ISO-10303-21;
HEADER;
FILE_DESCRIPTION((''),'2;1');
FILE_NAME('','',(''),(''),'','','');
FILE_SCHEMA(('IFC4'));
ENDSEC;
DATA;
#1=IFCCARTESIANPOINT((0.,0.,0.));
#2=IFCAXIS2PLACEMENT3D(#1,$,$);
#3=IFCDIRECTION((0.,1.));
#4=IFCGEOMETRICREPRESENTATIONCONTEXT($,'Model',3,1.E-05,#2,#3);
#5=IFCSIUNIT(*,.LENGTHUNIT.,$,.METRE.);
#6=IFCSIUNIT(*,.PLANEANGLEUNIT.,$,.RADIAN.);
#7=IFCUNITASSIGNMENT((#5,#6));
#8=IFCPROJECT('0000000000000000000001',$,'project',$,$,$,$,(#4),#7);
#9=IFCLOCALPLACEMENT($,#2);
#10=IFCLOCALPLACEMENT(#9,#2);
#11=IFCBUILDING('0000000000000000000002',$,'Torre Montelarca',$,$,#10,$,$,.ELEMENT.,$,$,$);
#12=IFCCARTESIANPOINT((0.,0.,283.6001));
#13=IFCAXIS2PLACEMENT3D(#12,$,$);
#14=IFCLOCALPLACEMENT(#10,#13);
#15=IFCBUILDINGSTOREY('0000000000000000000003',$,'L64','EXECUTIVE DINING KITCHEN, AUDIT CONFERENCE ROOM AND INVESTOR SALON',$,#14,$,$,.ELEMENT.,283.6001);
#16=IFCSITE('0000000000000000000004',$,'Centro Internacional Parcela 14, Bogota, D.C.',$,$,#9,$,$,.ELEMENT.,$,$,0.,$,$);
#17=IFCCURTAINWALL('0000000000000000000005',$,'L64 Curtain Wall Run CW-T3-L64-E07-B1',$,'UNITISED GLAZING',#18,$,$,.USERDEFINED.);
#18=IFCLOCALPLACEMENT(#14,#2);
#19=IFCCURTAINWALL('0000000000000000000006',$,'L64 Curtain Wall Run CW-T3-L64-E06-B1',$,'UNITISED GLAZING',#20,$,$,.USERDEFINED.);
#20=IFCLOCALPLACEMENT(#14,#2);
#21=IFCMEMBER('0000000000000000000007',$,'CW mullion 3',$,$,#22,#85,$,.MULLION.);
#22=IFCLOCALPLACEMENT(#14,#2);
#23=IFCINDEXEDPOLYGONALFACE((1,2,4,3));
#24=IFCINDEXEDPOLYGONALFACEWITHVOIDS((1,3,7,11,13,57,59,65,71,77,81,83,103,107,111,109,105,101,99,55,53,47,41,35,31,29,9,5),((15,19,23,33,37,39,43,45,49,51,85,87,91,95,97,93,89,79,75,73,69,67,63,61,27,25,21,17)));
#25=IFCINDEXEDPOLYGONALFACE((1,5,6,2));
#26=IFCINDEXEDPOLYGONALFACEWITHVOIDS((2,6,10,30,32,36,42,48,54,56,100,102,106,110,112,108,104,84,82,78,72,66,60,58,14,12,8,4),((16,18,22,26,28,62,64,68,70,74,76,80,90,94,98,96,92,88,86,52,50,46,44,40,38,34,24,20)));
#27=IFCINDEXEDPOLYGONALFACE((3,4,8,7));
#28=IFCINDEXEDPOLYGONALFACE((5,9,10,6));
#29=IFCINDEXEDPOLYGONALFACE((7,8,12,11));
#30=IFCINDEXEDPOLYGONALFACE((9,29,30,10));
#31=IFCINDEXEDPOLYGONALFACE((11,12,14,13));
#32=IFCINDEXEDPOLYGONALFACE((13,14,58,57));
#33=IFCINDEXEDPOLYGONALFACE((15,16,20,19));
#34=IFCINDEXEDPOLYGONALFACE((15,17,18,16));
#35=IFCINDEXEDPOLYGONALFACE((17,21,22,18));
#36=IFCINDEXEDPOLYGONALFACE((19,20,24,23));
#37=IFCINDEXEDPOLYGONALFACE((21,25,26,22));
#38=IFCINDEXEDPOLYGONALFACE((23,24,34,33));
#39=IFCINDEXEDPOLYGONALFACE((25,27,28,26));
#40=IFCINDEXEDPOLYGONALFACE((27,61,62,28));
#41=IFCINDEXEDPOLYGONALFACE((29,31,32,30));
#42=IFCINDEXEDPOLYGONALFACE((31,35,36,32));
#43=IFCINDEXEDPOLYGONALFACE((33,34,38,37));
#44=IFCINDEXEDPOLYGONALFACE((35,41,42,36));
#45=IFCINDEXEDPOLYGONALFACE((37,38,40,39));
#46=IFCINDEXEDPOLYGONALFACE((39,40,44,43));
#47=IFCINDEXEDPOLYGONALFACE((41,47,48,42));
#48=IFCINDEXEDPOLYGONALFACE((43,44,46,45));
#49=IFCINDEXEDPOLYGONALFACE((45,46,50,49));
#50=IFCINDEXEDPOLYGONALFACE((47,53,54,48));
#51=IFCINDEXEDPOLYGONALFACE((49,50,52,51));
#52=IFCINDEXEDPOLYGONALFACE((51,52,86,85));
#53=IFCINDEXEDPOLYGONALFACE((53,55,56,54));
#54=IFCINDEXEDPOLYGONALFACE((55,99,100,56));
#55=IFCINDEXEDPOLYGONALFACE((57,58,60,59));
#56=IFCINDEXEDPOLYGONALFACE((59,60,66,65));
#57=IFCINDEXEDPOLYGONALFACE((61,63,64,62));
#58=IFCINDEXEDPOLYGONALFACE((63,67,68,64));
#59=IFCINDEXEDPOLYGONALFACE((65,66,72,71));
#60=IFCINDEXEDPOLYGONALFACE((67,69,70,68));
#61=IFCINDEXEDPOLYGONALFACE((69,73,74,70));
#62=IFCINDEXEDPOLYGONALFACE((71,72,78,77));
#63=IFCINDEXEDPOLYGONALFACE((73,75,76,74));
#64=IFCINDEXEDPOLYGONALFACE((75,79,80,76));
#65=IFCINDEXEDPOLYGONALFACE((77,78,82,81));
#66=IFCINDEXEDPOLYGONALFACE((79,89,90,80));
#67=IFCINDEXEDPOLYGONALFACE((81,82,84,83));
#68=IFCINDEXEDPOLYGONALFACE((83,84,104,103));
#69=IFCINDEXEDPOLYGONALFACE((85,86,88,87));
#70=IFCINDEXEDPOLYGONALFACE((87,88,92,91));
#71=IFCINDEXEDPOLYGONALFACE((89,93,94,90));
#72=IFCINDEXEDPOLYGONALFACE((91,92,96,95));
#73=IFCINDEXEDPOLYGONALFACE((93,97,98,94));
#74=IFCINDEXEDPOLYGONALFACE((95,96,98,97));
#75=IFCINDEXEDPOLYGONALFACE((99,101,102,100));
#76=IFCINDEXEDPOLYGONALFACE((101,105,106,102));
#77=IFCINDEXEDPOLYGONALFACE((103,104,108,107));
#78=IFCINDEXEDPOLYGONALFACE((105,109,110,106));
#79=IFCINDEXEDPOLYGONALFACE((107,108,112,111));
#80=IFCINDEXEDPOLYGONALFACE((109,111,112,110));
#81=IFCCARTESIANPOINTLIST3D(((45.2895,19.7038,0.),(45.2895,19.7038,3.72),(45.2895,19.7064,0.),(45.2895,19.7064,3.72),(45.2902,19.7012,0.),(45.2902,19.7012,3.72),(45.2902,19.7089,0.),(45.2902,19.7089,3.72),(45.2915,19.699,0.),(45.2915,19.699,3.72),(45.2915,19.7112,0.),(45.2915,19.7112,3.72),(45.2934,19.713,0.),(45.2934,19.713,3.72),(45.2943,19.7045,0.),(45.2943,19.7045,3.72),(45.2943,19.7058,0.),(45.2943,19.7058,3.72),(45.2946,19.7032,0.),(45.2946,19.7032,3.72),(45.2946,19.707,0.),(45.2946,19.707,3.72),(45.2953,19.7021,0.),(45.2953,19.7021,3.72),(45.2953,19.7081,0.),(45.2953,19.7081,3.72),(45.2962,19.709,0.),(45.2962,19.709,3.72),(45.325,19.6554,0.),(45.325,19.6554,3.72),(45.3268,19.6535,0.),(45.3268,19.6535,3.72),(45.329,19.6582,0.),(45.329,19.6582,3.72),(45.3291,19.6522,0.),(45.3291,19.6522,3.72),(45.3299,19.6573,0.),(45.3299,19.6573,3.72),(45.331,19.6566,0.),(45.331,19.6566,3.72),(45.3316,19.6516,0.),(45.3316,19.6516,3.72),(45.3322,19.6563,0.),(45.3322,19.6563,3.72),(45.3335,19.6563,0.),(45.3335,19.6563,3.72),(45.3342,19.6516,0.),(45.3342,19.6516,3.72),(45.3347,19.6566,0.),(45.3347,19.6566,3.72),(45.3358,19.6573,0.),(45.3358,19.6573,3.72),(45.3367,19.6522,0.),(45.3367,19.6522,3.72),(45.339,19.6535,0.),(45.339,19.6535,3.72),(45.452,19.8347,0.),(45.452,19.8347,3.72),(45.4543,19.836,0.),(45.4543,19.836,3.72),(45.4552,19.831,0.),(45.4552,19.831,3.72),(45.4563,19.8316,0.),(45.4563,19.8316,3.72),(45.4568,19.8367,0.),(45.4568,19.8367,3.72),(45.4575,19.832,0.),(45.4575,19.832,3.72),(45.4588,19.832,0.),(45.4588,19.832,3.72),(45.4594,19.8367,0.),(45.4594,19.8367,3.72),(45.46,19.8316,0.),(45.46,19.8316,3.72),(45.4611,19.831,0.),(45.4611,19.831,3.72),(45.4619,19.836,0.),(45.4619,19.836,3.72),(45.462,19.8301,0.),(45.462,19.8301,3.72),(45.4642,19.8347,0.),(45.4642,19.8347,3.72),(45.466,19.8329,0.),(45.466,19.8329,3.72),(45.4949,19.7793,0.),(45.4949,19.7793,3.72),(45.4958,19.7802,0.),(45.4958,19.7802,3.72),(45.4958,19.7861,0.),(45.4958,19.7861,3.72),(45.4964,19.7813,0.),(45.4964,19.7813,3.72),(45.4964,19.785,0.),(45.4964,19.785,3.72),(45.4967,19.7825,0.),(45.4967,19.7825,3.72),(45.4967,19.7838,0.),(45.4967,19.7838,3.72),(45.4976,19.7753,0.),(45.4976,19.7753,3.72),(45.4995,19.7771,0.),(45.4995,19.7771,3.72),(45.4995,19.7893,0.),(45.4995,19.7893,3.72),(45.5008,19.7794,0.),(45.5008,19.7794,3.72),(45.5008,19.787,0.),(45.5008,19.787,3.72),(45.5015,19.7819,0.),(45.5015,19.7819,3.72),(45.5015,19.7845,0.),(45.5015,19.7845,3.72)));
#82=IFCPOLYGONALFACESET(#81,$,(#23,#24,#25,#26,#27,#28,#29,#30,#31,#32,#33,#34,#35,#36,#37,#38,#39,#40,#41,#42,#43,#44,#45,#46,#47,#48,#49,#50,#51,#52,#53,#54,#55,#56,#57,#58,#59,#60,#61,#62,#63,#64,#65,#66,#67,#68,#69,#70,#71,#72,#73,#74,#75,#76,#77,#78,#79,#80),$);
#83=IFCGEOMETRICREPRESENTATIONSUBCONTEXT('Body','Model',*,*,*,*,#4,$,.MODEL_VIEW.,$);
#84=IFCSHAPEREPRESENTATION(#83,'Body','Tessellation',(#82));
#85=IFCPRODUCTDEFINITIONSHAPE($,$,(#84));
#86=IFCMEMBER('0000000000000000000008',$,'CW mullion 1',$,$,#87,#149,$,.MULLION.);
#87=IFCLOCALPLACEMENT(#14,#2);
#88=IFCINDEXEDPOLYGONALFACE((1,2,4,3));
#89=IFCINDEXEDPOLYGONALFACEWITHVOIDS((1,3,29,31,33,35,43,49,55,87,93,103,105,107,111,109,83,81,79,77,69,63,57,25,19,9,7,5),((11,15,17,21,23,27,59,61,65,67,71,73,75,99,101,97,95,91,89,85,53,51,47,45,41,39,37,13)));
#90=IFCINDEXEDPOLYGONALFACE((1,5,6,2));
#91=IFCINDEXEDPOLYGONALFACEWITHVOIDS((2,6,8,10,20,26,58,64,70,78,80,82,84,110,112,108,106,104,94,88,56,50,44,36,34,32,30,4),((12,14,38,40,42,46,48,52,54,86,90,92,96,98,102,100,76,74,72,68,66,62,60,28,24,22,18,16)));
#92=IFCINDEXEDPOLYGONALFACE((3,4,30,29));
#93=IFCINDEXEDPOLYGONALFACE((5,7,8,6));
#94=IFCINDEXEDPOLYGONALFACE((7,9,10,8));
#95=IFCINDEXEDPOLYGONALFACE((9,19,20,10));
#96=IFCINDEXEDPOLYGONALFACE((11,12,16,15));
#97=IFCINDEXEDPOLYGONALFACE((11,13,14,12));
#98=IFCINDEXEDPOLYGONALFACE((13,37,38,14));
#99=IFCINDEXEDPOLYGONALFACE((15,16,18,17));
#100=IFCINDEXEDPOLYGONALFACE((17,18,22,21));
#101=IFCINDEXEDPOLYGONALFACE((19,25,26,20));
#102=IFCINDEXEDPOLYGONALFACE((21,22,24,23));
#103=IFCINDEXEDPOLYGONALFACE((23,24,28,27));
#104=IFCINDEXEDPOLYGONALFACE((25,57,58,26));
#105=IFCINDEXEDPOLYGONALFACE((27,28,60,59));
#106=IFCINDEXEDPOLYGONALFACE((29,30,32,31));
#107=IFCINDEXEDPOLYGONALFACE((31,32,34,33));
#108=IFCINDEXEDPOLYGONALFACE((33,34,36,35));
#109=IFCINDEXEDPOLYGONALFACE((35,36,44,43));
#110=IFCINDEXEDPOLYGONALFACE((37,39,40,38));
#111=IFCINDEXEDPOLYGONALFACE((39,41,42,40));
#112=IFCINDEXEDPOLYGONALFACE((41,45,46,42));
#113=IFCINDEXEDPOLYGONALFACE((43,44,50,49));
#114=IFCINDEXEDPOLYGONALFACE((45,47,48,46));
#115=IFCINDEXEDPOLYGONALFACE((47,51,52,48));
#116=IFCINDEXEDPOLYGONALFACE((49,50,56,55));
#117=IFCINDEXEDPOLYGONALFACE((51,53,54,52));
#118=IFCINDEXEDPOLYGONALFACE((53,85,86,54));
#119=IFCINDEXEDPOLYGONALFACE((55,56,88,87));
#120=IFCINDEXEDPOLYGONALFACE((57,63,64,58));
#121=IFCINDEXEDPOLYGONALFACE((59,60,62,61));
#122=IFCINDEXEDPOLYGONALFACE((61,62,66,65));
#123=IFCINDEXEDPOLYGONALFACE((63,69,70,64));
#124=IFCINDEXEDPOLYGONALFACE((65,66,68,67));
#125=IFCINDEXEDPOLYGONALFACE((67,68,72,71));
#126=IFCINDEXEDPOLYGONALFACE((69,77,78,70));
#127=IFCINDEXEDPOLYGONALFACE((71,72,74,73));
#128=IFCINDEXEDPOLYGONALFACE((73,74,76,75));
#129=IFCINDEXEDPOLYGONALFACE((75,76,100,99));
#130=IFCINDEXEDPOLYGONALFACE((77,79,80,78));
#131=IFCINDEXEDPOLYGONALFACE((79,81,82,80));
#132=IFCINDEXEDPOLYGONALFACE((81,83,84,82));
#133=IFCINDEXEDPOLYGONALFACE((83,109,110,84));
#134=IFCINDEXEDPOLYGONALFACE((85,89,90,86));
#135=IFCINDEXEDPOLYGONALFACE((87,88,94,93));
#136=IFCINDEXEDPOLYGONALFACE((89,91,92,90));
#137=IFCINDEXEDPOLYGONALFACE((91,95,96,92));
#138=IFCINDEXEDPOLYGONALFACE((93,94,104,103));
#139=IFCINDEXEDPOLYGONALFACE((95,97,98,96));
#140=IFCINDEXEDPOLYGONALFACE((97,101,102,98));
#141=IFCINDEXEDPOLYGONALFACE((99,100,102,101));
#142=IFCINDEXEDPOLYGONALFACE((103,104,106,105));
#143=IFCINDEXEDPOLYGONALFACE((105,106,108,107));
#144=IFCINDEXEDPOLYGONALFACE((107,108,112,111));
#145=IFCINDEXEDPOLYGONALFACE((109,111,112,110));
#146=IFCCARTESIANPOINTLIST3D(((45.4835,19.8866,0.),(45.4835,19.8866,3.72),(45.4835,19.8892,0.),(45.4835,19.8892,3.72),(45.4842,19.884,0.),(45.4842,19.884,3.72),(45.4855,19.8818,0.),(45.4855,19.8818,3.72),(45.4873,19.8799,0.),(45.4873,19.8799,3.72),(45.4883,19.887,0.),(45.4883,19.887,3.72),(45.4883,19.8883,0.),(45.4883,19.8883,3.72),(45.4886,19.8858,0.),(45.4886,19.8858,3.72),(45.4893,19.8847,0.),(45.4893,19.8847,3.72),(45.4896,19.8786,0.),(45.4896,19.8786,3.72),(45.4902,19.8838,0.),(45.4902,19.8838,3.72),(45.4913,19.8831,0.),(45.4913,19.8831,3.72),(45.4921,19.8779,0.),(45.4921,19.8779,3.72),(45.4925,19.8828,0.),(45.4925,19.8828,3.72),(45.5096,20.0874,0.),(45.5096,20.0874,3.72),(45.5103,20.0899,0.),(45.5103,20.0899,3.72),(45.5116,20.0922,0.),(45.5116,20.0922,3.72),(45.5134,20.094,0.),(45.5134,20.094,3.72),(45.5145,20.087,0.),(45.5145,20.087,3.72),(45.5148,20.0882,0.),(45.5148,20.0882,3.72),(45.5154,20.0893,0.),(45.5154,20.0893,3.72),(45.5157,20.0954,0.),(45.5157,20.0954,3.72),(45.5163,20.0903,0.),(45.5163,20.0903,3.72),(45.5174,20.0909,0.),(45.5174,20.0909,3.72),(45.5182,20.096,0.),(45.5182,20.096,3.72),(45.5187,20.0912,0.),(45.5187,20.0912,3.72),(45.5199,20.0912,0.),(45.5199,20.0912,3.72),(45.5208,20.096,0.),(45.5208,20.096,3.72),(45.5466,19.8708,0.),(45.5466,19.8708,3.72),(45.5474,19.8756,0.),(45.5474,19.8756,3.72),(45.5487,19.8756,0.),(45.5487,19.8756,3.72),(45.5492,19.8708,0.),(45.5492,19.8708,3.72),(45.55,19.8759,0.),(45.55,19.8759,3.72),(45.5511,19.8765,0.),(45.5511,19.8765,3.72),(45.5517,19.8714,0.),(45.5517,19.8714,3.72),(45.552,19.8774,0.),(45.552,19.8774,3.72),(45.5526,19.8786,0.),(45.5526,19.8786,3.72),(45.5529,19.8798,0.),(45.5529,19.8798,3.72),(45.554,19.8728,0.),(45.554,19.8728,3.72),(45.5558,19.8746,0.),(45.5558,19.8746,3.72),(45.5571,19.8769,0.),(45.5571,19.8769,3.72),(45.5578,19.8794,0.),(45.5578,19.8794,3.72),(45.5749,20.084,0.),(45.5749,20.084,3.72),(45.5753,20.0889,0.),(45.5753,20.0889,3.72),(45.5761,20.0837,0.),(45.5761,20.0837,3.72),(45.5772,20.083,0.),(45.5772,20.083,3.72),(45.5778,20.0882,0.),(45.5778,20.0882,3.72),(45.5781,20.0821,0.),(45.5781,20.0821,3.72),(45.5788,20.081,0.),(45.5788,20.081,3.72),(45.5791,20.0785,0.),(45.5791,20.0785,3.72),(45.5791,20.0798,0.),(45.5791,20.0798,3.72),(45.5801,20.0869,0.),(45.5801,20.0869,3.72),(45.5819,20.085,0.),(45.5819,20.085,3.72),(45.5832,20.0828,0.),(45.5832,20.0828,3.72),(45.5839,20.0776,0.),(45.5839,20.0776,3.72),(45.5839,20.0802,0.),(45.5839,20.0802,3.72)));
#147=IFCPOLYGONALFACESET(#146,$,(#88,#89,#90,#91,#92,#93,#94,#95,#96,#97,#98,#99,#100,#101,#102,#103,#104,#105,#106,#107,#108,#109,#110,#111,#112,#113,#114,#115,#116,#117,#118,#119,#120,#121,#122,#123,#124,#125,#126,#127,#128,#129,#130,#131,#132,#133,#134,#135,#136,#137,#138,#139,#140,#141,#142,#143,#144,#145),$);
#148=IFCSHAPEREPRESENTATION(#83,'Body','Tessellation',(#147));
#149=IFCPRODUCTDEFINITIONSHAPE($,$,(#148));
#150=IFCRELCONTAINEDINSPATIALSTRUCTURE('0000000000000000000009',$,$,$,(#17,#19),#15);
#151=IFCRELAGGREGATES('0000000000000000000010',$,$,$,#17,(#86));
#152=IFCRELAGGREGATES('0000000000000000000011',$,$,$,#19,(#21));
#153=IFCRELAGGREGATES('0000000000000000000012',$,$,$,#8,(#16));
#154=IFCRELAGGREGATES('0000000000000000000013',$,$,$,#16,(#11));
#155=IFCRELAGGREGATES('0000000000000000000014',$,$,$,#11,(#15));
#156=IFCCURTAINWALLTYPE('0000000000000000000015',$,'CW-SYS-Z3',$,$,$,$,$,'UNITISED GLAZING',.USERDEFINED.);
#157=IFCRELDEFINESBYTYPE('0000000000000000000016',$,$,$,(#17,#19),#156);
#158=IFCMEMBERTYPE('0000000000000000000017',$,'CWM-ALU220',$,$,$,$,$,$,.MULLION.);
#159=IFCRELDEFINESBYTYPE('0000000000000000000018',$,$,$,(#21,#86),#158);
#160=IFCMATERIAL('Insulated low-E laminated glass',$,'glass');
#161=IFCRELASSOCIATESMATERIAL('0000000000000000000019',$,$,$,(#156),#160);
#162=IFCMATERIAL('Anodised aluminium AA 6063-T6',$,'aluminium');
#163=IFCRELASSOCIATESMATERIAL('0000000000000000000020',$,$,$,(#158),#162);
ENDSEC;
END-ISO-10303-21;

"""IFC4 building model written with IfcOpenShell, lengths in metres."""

from ifc_helpers import new_model, si_unit, direction, frame, origin, origin_2d, place, context, subcontext, project, spatial, hollow_rectangle, extrude, source, transform, mapped, material, material_profile, profile_set, type_object, element, aggregate, save


model = new_model("IFC4")

# Units and contexts
model_context = context("Model", 3, precision=1e-05, world=origin(), true_north=direction((0.0, 1.0)))
body_context = subcontext(model_context, "Body", "Model", "MODEL_VIEW")
ifc_project = project(units=[si_unit("LENGTHUNIT", "METRE"), si_unit("PLANEANGLEUNIT", "RADIAN")], contexts=[model_context])

# Site, building, storey
site_placement = place(None, origin())
site = spatial("IfcSite", under=ifc_project, at=site_placement, Name="Centro Internacional Parcela 14, Bogota, D.C.", CompositionType="ELEMENT", RefElevation=0.0)
building_placement = place(site_placement, origin())
building = spatial("IfcBuilding", under=site, at=building_placement, Name="Torre Montelarca", CompositionType="ELEMENT")
storey_placement = place(building_placement, frame((0.0, 0.0, 283.6001)))
storey = spatial("IfcBuildingStorey", under=building, at=storey_placement, Name="L64", Description="EXECUTIVE DINING KITCHEN, AUDIT CONFERENCE ROOM AND INVESTOR SALON", CompositionType="ELEMENT", Elevation=283.6001)

# Curtain walls, member
ifc_material_1 = material(Name="Insulated low-E laminated glass", Category="glass")
curtain_wall_type = type_object("IfcCurtainWallType", Name="CW-SYS-Z3", ElementType="UNITISED GLAZING", PredefinedType="USERDEFINED", material=ifc_material_1)
curtain_wall_1_placement = place(storey_placement, origin())
curtain_wall_1 = element("IfcCurtainWall", 1, at=curtain_wall_1_placement, inside=storey, type_object=curtain_wall_type, Name="L64 Curtain Wall Run CW-T3-L64-E07-B1", ObjectType="UNITISED GLAZING", PredefinedType="USERDEFINED")
ifc_material_2 = material(Name="Anodised aluminium AA 6063-T6", Category="aluminium")
curtain_wall_2_placement = place(storey_placement, origin())
curtain_wall_2 = element("IfcCurtainWall", 2, at=curtain_wall_2_placement, inside=storey, type_object=curtain_wall_type, Name="L64 Curtain Wall Run CW-T3-L64-E06-B1", ObjectType="UNITISED GLAZING", PredefinedType="USERDEFINED")
ifc_material_profile_1 = material_profile(ifc_material_2, hollow_rectangle(XDim=0.075, YDim=0.22, WallThickness=0.0049, InnerFilletRadius=0.0049, OuterFilletRadius=0.01, at=origin_2d()), Name="ALU75X220X5", Category="aluminium")
ifc_profile_set_1 = profile_set([ifc_material_profile_1], Name="Anodised aluminium AA 6063-T6")
member_type_1 = type_object("IfcMemberType", Name="CWM-ALU220", PredefinedType="MULLION", material=ifc_profile_set_1)
shared_shape_1 = source(origin(), body_context, "Body", "SweptSolid", [
    extrude(hollow_rectangle(XDim=0.075, YDim=0.22, WallThickness=0.0049, InnerFilletRadius=0.0049, OuterFilletRadius=0.01, at=origin_2d()), origin(), (0.0, 0.0, 1.0), 3.72),
])
member_1_placement = place(storey_placement, frame((45.3955, 19.7441, 0.0), z_axis=(0.0, 0.0, 1.0), x_axis=(-0.608763, 0.793352, 0.0)))
member_1 = element("IfcMember", 3, at=member_1_placement, type_object=member_type_1, Name="CW mullion 3", PredefinedType="MULLION", context=body_context, shape_type="MappedRepresentation", body=[
    mapped(shared_shape_1, transform((0.0, 0.0, 0.0), scale=1.0)),
])

# Member
member_2_placement = place(storey_placement, frame((45.5337, 19.9834, 0.0), z_axis=(0.0, 0.0, 1.0), x_axis=(-0.991446, 0.130514, 0.0)))
member_2 = element("IfcMember", 4, at=member_2_placement, type_object=member_type_1, Name="CW mullion 1", PredefinedType="MULLION", context=body_context, shape_type="MappedRepresentation", body=[
    mapped(shared_shape_1, transform((0.0, 0.0, 0.0), scale=1.0)),
])

aggregate(curtain_wall_1, [member_2])
aggregate(curtain_wall_2, [member_1])

save(model, "model.ifc")
